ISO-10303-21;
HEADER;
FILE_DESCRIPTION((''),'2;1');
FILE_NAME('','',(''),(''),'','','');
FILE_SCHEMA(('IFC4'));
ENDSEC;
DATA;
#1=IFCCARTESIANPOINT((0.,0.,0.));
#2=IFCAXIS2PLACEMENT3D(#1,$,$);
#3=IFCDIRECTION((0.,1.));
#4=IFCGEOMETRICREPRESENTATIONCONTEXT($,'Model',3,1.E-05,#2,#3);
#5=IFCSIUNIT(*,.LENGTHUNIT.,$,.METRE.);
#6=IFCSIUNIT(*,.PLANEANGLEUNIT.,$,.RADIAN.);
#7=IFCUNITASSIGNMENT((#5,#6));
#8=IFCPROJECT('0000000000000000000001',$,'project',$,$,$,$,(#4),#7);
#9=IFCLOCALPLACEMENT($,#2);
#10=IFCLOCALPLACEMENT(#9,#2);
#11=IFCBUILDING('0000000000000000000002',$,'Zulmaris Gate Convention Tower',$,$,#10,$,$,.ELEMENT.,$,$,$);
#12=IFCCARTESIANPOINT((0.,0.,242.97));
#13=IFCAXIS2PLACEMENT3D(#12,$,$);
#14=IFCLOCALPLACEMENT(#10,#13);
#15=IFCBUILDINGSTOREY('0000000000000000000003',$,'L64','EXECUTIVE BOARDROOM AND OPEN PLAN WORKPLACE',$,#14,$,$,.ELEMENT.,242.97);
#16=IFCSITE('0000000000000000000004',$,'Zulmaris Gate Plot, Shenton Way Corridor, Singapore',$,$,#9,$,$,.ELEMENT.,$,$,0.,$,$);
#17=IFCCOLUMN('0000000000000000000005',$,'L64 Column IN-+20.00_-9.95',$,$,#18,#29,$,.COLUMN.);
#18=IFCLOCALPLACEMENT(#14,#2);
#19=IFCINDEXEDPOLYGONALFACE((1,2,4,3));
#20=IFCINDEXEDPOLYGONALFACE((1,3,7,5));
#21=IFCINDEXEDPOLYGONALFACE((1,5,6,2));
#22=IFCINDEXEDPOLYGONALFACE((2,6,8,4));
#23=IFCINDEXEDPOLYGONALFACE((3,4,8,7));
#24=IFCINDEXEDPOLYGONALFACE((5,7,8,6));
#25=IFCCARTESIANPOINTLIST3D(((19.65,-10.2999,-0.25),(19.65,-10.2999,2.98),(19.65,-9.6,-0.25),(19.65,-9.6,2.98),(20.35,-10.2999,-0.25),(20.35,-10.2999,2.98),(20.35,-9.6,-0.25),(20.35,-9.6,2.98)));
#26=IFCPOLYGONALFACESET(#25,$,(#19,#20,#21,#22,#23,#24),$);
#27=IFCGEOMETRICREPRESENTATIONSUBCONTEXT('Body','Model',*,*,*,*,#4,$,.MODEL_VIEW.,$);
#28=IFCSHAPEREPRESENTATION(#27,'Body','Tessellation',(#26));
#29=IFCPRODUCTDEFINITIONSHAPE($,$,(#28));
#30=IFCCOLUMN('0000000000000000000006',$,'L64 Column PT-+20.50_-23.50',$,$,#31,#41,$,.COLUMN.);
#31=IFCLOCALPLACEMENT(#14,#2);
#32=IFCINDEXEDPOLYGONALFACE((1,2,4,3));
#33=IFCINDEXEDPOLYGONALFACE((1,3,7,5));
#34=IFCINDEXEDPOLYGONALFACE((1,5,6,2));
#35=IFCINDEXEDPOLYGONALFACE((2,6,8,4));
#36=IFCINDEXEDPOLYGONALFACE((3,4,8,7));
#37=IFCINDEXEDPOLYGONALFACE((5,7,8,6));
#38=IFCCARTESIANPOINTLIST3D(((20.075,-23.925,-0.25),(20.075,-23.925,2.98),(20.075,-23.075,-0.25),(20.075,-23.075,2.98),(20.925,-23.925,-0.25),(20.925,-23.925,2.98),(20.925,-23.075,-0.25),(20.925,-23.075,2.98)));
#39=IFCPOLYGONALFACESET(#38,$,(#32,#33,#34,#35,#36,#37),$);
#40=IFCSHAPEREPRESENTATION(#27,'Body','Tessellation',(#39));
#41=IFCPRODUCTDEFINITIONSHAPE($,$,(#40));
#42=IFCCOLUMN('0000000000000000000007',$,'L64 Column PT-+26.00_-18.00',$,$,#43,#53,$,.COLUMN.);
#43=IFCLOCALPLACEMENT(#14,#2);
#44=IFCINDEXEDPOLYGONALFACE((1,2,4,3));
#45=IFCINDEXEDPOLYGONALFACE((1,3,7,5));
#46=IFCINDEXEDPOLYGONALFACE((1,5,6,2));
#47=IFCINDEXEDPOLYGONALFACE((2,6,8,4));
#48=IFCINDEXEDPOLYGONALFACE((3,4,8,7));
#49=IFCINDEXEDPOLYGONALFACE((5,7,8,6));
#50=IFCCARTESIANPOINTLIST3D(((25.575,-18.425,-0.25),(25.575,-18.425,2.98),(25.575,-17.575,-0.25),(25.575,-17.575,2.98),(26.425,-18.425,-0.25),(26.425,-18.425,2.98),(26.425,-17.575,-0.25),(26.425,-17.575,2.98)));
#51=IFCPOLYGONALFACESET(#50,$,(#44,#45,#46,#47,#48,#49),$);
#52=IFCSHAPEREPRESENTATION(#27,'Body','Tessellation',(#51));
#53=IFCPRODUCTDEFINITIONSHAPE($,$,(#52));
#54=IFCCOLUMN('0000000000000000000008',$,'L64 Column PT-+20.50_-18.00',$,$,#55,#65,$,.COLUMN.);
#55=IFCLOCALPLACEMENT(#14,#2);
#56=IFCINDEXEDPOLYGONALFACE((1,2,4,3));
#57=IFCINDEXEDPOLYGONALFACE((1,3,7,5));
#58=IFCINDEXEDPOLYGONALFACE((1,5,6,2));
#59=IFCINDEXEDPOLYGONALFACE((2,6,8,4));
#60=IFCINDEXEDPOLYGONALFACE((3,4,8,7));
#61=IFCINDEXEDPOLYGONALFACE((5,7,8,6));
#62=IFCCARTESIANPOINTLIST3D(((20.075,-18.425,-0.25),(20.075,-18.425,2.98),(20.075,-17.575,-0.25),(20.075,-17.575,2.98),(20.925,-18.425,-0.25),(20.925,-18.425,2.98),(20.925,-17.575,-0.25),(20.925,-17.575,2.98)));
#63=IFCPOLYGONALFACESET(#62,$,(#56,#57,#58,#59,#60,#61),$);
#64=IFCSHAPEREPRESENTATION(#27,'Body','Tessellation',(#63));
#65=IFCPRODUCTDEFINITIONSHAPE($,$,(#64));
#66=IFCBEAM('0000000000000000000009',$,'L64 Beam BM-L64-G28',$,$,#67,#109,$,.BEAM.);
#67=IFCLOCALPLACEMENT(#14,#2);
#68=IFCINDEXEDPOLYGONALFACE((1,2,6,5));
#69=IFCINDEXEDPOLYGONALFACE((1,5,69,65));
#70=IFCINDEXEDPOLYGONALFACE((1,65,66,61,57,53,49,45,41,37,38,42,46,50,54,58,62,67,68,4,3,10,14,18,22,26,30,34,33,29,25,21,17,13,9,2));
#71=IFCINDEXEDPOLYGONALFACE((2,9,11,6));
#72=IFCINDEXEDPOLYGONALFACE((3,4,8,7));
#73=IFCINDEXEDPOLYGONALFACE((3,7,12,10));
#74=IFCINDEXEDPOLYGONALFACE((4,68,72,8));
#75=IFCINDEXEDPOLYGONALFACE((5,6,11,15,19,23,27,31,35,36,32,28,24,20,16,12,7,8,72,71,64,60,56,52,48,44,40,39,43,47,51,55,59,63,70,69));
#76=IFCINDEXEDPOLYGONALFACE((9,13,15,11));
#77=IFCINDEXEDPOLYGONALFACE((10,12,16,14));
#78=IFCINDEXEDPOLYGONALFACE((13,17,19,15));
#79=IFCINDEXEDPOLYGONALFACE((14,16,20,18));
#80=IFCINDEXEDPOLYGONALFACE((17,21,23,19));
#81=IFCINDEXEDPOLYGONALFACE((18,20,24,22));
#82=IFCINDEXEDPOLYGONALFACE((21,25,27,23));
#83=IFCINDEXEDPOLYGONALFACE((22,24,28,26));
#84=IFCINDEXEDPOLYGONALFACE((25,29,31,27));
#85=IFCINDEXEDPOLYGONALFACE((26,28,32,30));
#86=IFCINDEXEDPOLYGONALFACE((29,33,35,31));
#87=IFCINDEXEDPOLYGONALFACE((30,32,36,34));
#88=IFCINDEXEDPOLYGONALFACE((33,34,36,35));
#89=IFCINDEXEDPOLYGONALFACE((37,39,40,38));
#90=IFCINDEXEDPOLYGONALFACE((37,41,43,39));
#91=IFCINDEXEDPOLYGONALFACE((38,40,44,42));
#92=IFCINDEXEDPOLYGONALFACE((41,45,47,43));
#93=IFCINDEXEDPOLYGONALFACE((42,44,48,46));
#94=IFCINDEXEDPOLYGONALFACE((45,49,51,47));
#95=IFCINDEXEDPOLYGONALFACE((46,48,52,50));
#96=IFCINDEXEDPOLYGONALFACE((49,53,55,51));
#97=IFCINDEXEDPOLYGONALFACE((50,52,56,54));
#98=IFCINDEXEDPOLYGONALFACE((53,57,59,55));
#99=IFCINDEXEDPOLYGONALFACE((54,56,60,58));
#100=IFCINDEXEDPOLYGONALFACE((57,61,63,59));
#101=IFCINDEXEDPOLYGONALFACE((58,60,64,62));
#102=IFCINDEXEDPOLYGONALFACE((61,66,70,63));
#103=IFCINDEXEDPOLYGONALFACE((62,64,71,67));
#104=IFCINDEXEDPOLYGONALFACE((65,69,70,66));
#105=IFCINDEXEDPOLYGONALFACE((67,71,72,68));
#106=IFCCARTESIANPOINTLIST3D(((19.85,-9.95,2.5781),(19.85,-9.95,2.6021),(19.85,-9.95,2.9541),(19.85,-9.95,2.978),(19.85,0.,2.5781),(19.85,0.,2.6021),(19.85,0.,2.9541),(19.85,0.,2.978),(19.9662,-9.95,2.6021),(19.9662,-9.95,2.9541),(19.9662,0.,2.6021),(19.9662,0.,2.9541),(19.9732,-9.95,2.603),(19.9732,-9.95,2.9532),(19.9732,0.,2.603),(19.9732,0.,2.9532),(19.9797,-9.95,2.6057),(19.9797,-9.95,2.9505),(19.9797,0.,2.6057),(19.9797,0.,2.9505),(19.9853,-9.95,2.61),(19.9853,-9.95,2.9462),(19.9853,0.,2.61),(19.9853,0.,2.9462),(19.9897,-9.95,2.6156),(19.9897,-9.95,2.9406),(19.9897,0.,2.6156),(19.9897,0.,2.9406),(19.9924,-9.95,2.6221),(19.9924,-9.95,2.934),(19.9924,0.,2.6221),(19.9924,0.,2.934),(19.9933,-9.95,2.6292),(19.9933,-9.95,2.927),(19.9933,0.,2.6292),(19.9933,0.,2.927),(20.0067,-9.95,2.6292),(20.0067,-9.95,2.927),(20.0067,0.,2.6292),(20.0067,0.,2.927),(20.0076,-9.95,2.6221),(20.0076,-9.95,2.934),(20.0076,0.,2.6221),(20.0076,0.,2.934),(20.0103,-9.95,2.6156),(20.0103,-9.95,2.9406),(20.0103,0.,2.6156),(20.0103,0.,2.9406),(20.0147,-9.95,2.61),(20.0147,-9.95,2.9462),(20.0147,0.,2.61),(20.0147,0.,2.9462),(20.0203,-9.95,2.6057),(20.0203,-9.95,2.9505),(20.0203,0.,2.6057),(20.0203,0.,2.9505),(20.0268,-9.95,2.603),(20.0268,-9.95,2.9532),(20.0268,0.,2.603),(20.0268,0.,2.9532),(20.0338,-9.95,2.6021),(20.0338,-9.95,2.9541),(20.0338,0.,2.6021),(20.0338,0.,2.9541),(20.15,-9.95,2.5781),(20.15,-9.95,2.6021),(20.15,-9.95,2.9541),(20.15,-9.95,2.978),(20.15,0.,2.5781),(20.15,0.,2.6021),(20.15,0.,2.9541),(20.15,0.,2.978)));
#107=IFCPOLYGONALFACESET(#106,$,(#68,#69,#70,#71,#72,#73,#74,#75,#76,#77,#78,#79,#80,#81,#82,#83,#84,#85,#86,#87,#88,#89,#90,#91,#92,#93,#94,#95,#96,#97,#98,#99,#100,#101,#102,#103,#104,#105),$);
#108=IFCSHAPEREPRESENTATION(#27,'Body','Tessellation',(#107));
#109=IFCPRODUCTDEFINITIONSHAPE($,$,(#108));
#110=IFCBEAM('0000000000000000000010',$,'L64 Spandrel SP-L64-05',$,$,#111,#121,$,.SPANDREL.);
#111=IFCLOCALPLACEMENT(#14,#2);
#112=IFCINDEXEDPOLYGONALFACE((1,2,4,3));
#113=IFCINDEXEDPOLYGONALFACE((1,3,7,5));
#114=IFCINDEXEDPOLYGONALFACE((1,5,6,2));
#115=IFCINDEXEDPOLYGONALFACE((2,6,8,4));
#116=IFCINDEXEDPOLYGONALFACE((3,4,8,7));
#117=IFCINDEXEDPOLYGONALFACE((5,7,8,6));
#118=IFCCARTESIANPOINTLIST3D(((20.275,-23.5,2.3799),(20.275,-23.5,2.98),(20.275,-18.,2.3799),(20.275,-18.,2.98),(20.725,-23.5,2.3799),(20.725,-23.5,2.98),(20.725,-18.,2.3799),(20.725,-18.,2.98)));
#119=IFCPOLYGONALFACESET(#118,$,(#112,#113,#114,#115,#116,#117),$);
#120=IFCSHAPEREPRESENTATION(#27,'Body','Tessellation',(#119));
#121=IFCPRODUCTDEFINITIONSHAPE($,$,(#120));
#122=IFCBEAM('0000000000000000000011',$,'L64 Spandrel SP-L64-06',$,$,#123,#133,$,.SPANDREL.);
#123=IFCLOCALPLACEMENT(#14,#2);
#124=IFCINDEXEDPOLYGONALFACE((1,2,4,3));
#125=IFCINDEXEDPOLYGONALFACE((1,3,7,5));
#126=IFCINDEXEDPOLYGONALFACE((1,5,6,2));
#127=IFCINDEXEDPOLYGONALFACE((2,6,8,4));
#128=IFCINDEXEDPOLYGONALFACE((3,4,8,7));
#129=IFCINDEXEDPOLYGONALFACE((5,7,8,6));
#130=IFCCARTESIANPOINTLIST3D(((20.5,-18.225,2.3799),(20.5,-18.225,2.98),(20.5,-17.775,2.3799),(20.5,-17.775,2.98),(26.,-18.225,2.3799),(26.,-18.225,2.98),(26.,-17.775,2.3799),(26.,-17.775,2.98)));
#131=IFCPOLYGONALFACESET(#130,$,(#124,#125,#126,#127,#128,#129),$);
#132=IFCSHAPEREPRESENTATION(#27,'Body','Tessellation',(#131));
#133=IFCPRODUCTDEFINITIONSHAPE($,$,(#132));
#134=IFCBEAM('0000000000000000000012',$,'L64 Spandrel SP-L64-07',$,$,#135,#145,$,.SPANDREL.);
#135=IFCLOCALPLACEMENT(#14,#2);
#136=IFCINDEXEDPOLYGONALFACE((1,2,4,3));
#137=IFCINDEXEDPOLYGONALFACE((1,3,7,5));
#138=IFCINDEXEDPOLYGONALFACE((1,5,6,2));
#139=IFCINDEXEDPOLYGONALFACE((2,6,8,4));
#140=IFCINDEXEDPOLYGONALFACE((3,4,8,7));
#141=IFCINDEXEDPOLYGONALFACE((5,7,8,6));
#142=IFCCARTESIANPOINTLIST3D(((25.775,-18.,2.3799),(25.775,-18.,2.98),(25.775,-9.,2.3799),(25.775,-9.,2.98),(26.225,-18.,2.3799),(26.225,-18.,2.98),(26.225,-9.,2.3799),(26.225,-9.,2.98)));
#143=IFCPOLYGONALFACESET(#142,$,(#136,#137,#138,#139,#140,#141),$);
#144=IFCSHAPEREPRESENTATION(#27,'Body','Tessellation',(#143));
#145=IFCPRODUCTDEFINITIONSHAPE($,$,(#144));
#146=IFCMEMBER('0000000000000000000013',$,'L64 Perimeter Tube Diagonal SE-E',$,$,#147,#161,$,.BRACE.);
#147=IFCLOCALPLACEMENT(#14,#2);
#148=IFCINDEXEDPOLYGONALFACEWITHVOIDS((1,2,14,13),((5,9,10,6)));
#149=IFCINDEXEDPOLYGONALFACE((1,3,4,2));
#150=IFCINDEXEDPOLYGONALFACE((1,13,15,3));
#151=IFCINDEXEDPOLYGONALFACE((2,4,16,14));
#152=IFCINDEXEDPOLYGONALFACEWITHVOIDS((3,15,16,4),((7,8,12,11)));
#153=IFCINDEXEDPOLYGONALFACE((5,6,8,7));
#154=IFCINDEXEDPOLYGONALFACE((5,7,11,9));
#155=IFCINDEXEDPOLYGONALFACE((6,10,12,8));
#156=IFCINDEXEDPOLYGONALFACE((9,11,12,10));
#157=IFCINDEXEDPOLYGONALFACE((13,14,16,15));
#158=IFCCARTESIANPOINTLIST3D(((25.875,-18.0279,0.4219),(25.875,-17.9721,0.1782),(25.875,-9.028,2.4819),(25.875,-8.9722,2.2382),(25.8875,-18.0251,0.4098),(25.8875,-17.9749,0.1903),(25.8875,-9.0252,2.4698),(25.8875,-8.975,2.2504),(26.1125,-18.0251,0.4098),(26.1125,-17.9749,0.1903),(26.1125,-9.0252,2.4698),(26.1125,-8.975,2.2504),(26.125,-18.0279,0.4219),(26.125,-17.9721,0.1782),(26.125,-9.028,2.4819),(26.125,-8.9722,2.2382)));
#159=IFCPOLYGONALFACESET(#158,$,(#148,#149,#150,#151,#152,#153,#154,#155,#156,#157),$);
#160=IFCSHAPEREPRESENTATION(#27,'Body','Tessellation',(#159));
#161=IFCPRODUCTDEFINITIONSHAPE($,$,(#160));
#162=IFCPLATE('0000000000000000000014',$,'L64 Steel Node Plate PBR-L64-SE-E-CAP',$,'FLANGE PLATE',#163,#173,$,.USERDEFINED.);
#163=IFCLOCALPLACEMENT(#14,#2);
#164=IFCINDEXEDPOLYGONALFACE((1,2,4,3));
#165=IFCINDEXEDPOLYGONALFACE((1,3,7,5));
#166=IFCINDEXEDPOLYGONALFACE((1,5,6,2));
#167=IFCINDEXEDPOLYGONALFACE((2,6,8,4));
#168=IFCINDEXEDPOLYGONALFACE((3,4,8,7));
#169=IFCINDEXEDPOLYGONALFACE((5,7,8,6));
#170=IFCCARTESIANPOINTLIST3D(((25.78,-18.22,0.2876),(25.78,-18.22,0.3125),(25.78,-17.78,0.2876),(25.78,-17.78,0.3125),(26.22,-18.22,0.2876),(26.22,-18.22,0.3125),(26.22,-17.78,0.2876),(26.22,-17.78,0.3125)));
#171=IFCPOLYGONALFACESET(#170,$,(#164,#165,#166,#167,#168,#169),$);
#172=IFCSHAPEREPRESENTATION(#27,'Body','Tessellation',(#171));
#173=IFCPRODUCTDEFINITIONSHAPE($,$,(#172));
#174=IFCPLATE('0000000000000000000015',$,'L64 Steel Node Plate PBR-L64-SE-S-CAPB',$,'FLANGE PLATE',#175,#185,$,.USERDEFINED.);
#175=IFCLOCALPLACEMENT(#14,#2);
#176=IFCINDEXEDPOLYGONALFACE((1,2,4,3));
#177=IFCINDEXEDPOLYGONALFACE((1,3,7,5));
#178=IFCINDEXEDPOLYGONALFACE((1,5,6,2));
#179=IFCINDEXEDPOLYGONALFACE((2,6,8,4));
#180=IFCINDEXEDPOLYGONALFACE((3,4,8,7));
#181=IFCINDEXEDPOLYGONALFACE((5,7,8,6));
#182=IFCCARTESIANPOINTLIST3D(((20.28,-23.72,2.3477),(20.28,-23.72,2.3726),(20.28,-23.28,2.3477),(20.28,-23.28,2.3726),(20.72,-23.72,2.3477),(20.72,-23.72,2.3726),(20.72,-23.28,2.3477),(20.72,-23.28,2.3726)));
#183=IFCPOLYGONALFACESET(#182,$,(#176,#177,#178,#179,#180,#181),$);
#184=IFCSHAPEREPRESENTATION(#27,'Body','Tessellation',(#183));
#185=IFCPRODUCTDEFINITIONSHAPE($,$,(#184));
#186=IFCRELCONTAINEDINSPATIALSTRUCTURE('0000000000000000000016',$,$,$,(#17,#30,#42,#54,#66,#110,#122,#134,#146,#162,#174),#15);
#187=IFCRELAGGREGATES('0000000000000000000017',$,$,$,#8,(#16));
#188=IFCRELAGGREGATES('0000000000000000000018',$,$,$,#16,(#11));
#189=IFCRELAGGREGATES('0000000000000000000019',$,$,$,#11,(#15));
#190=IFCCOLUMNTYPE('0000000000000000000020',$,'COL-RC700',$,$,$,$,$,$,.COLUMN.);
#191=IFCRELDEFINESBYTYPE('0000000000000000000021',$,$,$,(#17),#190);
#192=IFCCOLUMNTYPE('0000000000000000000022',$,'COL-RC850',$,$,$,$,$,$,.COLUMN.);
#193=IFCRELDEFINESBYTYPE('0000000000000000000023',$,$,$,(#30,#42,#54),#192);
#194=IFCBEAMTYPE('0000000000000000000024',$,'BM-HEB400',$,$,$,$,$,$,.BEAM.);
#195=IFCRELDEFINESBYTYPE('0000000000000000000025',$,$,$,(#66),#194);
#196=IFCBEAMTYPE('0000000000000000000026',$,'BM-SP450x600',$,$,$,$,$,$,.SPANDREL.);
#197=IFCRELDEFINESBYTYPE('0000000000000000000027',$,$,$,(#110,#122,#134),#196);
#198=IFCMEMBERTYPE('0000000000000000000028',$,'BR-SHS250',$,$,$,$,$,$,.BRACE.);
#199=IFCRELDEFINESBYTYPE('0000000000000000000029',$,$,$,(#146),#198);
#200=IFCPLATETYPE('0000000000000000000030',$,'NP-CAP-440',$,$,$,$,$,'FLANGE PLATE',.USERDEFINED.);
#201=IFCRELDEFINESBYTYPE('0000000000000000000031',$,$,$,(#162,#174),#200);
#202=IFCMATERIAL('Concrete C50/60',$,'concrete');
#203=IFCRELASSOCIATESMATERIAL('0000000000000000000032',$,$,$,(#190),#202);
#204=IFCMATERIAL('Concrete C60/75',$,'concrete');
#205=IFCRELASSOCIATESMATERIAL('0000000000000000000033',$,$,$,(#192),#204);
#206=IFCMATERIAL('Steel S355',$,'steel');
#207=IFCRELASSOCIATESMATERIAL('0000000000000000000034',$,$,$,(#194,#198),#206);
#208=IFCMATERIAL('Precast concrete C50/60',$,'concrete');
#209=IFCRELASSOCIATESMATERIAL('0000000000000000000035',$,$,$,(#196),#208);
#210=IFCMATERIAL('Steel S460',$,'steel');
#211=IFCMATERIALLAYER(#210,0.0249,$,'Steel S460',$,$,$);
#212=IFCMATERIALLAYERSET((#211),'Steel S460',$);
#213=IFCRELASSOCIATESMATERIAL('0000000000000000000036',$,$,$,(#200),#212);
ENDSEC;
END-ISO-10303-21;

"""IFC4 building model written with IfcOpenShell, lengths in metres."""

from ifc_helpers import new_model, si_unit, direction, frame, origin, origin_2d, place, context, subcontext, project, spatial, rectangle, hollow_rectangle, i_section, extrude, material, layer, layer_set, material_profile, profile_set, type_object, element, save


model = new_model("IFC4")

# Units and contexts
model_context = context("Model", 3, precision=1e-05, world=origin(), true_north=direction((0.0, 1.0)))
body_context = subcontext(model_context, "Body", "Model", "MODEL_VIEW")
ifc_project = project(units=[si_unit("LENGTHUNIT", "METRE"), si_unit("PLANEANGLEUNIT", "RADIAN")], contexts=[model_context])

# Site, building, storey
site_placement = place(None, origin())
site = spatial("IfcSite", under=ifc_project, at=site_placement, Name="Zulmaris Gate Plot, Shenton Way Corridor, Singapore", CompositionType="ELEMENT", RefElevation=0.0)
building_placement = place(site_placement, origin())
building = spatial("IfcBuilding", under=site, at=building_placement, Name="Zulmaris Gate Convention Tower", CompositionType="ELEMENT")
storey_placement = place(building_placement, frame((0.0, 0.0, 242.97)))
storey = spatial("IfcBuildingStorey", under=building, at=storey_placement, Name="L64", Description="EXECUTIVE BOARDROOM AND OPEN PLAN WORKPLACE", CompositionType="ELEMENT", Elevation=242.97)

# Columns
ifc_material_1 = material(Name="Concrete C50/60", Category="concrete")
ifc_material_profile_1 = material_profile(ifc_material_1, rectangle(XDim=0.7, YDim=0.7, at=origin_2d()), Name="RC COL 700x700")
ifc_profile_set_1 = profile_set([ifc_material_profile_1], Name="Concrete C50/60")
column_type_1 = type_object("IfcColumnType", Name="COL-RC700", PredefinedType="COLUMN", material=ifc_profile_set_1)
column_placement = place(storey_placement, frame((20.0, -9.95, -0.25), z_axis=(0.0, 0.0, 1.0), x_axis=(1.0, 0.0, 0.0)))
element("IfcColumn", 1, at=column_placement, inside=storey, type_object=column_type_1, Name="L64 Column IN-+20.00_-9.95", PredefinedType="COLUMN", context=body_context, shape_type="SweptSolid", body=[
    extrude(rectangle(XDim=0.7, YDim=0.7, at=origin_2d()), origin(), (0.0, 0.0, 1.0), 3.23),
])
ifc_material_2 = material(Name="Concrete C60/75", Category="concrete")
ifc_material_profile_2 = material_profile(ifc_material_2, rectangle(XDim=0.8501, YDim=0.8501, at=origin_2d()), Name="RC COL 850x850")
ifc_profile_set_2 = profile_set([ifc_material_profile_2], Name="Concrete C60/75")
column_type_2 = type_object("IfcColumnType", Name="COL-RC850", PredefinedType="COLUMN", material=ifc_profile_set_2)
for number, where, z_axis, x_axis, name in (
    (2, (20.5, -23.5, -0.25), (0.0, 0.0, 1.0), (1.0, 0.0, 0.0), "L64 Column PT-+20.50_-23.50"),
    (3, (26.0, -18.0, -0.25), (0.0, 0.0, 1.0), (1.0, 0.0, 0.0), "L64 Column PT-+26.00_-18.00"),
    (4, (20.5, -18.0, -0.25), (0.0, 0.0, 1.0), (1.0, 0.0, 0.0), "L64 Column PT-+20.50_-18.00"),
):
    element("IfcColumn", number, at=place(storey_placement, frame(where, z_axis=z_axis, x_axis=x_axis)), inside=storey, type_object=column_type_2, Name=name, PredefinedType="COLUMN", context=body_context, shape_type="SweptSolid", body=[
        extrude(rectangle(XDim=0.8501, YDim=0.8501, at=origin_2d()), origin(), (0.0, 0.0, 1.0), 3.23),
    ])

# Beams
ifc_material_3 = material(Name="Steel S355", Category="steel")
ifc_material_profile_3 = material_profile(ifc_material_3, i_section(OverallWidth=0.3, OverallDepth=0.3999, WebThickness=0.0134, FlangeThickness=0.0239, FilletRadius=0.0271, at=origin_2d()), Name="HEB 400")
ifc_profile_set_3 = profile_set([ifc_material_profile_3], Name="Steel S355")
beam_type_1 = type_object("IfcBeamType", Name="BM-HEB400", PredefinedType="BEAM", material=ifc_profile_set_3)
beam_1_placement = place(storey_placement, frame((20.0, -9.95, 2.7781), z_axis=(0.0, 1.0, 0.0), x_axis=(-1.0, 0.0, 0.0)))
element("IfcBeam", 5, at=beam_1_placement, inside=storey, type_object=beam_type_1, Name="L64 Beam BM-L64-G28", PredefinedType="BEAM", context=body_context, shape_type="SweptSolid", body=[
    extrude(i_section(OverallWidth=0.3, OverallDepth=0.3999, WebThickness=0.0134, FlangeThickness=0.0239, FilletRadius=0.0271, at=origin_2d()), origin(), (0.0, 0.0, 1.0), 9.95),
])
ifc_material_4 = material(Name="Precast concrete C50/60", Category="concrete")
ifc_material_profile_4 = material_profile(ifc_material_4, rectangle(XDim=0.45, YDim=0.6001, at=origin_2d()), Name="RC SPANDREL 450x600")
ifc_profile_set_4 = profile_set([ifc_material_profile_4], Name="Precast concrete C50/60")
beam_type_2 = type_object("IfcBeamType", Name="BM-SP450x600", PredefinedType="SPANDREL", material=ifc_profile_set_4)
for number, where, z_axis, x_axis, name in (
    (6, (20.5, -23.5, 2.6799), (0.0, 1.0, 0.0), (-1.0, 0.0, 0.0), "L64 Spandrel SP-L64-05"),
    (7, (20.5, -18.0, 2.6799), (1.0, 0.0, 0.0), (0.0, 1.0, 0.0), "L64 Spandrel SP-L64-06"),
):
    element("IfcBeam", number, at=place(storey_placement, frame(where, z_axis=z_axis, x_axis=x_axis)), inside=storey, type_object=beam_type_2, Name=name, PredefinedType="SPANDREL", context=body_context, shape_type="SweptSolid", body=[
        extrude(rectangle(XDim=0.45, YDim=0.6001, at=origin_2d()), origin(), (0.0, 0.0, 1.0), 5.5),
    ])
beam_2_placement = place(storey_placement, frame((26.0, -18.0, 2.6799), z_axis=(0.0, 1.0, 0.0), x_axis=(-1.0, 0.0, 0.0)))
element("IfcBeam", 8, at=beam_2_placement, inside=storey, type_object=beam_type_2, Name="L64 Spandrel SP-L64-07", PredefinedType="SPANDREL", context=body_context, shape_type="SweptSolid", body=[
    extrude(rectangle(XDim=0.45, YDim=0.6001, at=origin_2d()), origin(), (0.0, 0.0, 1.0), 9.0),
])

# Member
ifc_material_profile_5 = material_profile(ifc_material_3, hollow_rectangle(XDim=0.25, YDim=0.25, WallThickness=0.0125, at=origin_2d()), Name="SHS 250x250x12.5")
ifc_profile_set_5 = profile_set([ifc_material_profile_5], Name="Steel S355")
member_type = type_object("IfcMemberType", Name="BR-SHS250", PredefinedType="BRACE", material=ifc_profile_set_5)
member_placement = place(storey_placement, frame((26.0, -18.0, 0.3), z_axis=(0.0, 0.97479, 0.223125), x_axis=(-1.0, 0.0, 0.0)))
element("IfcMember", 9, at=member_placement, inside=storey, type_object=member_type, Name="L64 Perimeter Tube Diagonal SE-E", PredefinedType="BRACE", context=body_context, shape_type="SweptSolid", body=[
    extrude(hollow_rectangle(XDim=0.25, YDim=0.25, WallThickness=0.0125, at=origin_2d()), origin(), (0.0, 0.0, 1.0), 9.2327),
])

# Plates
ifc_material_5 = material(Name="Steel S460", Category="steel")
ifc_layer_1 = layer(ifc_material_5, 0.0249, Name="Steel S460")
ifc_layer_set_1 = layer_set([ifc_layer_1], Name="Steel S460")
plate_type = type_object("IfcPlateType", Name="NP-CAP-440", ElementType="FLANGE PLATE", PredefinedType="USERDEFINED", material=ifc_layer_set_1)
for number, where, z_axis, x_axis, name in (
    (10, (26.0, -18.0, 0.2876), (0.0, 0.0, 1.0), (1.0, 0.0, 0.0), "L64 Steel Node Plate PBR-L64-SE-E-CAP"),
    (11, (20.5, -23.5, 2.3477), (0.0, 0.0, 1.0), (1.0, 0.0, 0.0), "L64 Steel Node Plate PBR-L64-SE-S-CAPB"),
):
    element("IfcPlate", number, at=place(storey_placement, frame(where, z_axis=z_axis, x_axis=x_axis)), inside=storey, type_object=plate_type, Name=name, ObjectType="FLANGE PLATE", PredefinedType="USERDEFINED", context=body_context, shape_type="SweptSolid", body=[
        extrude(rectangle(XDim=0.4399, YDim=0.4399, at=origin_2d()), origin(), (0.0, 0.0, 1.0), 0.0249),
    ])

save(model, "model.ifc")
